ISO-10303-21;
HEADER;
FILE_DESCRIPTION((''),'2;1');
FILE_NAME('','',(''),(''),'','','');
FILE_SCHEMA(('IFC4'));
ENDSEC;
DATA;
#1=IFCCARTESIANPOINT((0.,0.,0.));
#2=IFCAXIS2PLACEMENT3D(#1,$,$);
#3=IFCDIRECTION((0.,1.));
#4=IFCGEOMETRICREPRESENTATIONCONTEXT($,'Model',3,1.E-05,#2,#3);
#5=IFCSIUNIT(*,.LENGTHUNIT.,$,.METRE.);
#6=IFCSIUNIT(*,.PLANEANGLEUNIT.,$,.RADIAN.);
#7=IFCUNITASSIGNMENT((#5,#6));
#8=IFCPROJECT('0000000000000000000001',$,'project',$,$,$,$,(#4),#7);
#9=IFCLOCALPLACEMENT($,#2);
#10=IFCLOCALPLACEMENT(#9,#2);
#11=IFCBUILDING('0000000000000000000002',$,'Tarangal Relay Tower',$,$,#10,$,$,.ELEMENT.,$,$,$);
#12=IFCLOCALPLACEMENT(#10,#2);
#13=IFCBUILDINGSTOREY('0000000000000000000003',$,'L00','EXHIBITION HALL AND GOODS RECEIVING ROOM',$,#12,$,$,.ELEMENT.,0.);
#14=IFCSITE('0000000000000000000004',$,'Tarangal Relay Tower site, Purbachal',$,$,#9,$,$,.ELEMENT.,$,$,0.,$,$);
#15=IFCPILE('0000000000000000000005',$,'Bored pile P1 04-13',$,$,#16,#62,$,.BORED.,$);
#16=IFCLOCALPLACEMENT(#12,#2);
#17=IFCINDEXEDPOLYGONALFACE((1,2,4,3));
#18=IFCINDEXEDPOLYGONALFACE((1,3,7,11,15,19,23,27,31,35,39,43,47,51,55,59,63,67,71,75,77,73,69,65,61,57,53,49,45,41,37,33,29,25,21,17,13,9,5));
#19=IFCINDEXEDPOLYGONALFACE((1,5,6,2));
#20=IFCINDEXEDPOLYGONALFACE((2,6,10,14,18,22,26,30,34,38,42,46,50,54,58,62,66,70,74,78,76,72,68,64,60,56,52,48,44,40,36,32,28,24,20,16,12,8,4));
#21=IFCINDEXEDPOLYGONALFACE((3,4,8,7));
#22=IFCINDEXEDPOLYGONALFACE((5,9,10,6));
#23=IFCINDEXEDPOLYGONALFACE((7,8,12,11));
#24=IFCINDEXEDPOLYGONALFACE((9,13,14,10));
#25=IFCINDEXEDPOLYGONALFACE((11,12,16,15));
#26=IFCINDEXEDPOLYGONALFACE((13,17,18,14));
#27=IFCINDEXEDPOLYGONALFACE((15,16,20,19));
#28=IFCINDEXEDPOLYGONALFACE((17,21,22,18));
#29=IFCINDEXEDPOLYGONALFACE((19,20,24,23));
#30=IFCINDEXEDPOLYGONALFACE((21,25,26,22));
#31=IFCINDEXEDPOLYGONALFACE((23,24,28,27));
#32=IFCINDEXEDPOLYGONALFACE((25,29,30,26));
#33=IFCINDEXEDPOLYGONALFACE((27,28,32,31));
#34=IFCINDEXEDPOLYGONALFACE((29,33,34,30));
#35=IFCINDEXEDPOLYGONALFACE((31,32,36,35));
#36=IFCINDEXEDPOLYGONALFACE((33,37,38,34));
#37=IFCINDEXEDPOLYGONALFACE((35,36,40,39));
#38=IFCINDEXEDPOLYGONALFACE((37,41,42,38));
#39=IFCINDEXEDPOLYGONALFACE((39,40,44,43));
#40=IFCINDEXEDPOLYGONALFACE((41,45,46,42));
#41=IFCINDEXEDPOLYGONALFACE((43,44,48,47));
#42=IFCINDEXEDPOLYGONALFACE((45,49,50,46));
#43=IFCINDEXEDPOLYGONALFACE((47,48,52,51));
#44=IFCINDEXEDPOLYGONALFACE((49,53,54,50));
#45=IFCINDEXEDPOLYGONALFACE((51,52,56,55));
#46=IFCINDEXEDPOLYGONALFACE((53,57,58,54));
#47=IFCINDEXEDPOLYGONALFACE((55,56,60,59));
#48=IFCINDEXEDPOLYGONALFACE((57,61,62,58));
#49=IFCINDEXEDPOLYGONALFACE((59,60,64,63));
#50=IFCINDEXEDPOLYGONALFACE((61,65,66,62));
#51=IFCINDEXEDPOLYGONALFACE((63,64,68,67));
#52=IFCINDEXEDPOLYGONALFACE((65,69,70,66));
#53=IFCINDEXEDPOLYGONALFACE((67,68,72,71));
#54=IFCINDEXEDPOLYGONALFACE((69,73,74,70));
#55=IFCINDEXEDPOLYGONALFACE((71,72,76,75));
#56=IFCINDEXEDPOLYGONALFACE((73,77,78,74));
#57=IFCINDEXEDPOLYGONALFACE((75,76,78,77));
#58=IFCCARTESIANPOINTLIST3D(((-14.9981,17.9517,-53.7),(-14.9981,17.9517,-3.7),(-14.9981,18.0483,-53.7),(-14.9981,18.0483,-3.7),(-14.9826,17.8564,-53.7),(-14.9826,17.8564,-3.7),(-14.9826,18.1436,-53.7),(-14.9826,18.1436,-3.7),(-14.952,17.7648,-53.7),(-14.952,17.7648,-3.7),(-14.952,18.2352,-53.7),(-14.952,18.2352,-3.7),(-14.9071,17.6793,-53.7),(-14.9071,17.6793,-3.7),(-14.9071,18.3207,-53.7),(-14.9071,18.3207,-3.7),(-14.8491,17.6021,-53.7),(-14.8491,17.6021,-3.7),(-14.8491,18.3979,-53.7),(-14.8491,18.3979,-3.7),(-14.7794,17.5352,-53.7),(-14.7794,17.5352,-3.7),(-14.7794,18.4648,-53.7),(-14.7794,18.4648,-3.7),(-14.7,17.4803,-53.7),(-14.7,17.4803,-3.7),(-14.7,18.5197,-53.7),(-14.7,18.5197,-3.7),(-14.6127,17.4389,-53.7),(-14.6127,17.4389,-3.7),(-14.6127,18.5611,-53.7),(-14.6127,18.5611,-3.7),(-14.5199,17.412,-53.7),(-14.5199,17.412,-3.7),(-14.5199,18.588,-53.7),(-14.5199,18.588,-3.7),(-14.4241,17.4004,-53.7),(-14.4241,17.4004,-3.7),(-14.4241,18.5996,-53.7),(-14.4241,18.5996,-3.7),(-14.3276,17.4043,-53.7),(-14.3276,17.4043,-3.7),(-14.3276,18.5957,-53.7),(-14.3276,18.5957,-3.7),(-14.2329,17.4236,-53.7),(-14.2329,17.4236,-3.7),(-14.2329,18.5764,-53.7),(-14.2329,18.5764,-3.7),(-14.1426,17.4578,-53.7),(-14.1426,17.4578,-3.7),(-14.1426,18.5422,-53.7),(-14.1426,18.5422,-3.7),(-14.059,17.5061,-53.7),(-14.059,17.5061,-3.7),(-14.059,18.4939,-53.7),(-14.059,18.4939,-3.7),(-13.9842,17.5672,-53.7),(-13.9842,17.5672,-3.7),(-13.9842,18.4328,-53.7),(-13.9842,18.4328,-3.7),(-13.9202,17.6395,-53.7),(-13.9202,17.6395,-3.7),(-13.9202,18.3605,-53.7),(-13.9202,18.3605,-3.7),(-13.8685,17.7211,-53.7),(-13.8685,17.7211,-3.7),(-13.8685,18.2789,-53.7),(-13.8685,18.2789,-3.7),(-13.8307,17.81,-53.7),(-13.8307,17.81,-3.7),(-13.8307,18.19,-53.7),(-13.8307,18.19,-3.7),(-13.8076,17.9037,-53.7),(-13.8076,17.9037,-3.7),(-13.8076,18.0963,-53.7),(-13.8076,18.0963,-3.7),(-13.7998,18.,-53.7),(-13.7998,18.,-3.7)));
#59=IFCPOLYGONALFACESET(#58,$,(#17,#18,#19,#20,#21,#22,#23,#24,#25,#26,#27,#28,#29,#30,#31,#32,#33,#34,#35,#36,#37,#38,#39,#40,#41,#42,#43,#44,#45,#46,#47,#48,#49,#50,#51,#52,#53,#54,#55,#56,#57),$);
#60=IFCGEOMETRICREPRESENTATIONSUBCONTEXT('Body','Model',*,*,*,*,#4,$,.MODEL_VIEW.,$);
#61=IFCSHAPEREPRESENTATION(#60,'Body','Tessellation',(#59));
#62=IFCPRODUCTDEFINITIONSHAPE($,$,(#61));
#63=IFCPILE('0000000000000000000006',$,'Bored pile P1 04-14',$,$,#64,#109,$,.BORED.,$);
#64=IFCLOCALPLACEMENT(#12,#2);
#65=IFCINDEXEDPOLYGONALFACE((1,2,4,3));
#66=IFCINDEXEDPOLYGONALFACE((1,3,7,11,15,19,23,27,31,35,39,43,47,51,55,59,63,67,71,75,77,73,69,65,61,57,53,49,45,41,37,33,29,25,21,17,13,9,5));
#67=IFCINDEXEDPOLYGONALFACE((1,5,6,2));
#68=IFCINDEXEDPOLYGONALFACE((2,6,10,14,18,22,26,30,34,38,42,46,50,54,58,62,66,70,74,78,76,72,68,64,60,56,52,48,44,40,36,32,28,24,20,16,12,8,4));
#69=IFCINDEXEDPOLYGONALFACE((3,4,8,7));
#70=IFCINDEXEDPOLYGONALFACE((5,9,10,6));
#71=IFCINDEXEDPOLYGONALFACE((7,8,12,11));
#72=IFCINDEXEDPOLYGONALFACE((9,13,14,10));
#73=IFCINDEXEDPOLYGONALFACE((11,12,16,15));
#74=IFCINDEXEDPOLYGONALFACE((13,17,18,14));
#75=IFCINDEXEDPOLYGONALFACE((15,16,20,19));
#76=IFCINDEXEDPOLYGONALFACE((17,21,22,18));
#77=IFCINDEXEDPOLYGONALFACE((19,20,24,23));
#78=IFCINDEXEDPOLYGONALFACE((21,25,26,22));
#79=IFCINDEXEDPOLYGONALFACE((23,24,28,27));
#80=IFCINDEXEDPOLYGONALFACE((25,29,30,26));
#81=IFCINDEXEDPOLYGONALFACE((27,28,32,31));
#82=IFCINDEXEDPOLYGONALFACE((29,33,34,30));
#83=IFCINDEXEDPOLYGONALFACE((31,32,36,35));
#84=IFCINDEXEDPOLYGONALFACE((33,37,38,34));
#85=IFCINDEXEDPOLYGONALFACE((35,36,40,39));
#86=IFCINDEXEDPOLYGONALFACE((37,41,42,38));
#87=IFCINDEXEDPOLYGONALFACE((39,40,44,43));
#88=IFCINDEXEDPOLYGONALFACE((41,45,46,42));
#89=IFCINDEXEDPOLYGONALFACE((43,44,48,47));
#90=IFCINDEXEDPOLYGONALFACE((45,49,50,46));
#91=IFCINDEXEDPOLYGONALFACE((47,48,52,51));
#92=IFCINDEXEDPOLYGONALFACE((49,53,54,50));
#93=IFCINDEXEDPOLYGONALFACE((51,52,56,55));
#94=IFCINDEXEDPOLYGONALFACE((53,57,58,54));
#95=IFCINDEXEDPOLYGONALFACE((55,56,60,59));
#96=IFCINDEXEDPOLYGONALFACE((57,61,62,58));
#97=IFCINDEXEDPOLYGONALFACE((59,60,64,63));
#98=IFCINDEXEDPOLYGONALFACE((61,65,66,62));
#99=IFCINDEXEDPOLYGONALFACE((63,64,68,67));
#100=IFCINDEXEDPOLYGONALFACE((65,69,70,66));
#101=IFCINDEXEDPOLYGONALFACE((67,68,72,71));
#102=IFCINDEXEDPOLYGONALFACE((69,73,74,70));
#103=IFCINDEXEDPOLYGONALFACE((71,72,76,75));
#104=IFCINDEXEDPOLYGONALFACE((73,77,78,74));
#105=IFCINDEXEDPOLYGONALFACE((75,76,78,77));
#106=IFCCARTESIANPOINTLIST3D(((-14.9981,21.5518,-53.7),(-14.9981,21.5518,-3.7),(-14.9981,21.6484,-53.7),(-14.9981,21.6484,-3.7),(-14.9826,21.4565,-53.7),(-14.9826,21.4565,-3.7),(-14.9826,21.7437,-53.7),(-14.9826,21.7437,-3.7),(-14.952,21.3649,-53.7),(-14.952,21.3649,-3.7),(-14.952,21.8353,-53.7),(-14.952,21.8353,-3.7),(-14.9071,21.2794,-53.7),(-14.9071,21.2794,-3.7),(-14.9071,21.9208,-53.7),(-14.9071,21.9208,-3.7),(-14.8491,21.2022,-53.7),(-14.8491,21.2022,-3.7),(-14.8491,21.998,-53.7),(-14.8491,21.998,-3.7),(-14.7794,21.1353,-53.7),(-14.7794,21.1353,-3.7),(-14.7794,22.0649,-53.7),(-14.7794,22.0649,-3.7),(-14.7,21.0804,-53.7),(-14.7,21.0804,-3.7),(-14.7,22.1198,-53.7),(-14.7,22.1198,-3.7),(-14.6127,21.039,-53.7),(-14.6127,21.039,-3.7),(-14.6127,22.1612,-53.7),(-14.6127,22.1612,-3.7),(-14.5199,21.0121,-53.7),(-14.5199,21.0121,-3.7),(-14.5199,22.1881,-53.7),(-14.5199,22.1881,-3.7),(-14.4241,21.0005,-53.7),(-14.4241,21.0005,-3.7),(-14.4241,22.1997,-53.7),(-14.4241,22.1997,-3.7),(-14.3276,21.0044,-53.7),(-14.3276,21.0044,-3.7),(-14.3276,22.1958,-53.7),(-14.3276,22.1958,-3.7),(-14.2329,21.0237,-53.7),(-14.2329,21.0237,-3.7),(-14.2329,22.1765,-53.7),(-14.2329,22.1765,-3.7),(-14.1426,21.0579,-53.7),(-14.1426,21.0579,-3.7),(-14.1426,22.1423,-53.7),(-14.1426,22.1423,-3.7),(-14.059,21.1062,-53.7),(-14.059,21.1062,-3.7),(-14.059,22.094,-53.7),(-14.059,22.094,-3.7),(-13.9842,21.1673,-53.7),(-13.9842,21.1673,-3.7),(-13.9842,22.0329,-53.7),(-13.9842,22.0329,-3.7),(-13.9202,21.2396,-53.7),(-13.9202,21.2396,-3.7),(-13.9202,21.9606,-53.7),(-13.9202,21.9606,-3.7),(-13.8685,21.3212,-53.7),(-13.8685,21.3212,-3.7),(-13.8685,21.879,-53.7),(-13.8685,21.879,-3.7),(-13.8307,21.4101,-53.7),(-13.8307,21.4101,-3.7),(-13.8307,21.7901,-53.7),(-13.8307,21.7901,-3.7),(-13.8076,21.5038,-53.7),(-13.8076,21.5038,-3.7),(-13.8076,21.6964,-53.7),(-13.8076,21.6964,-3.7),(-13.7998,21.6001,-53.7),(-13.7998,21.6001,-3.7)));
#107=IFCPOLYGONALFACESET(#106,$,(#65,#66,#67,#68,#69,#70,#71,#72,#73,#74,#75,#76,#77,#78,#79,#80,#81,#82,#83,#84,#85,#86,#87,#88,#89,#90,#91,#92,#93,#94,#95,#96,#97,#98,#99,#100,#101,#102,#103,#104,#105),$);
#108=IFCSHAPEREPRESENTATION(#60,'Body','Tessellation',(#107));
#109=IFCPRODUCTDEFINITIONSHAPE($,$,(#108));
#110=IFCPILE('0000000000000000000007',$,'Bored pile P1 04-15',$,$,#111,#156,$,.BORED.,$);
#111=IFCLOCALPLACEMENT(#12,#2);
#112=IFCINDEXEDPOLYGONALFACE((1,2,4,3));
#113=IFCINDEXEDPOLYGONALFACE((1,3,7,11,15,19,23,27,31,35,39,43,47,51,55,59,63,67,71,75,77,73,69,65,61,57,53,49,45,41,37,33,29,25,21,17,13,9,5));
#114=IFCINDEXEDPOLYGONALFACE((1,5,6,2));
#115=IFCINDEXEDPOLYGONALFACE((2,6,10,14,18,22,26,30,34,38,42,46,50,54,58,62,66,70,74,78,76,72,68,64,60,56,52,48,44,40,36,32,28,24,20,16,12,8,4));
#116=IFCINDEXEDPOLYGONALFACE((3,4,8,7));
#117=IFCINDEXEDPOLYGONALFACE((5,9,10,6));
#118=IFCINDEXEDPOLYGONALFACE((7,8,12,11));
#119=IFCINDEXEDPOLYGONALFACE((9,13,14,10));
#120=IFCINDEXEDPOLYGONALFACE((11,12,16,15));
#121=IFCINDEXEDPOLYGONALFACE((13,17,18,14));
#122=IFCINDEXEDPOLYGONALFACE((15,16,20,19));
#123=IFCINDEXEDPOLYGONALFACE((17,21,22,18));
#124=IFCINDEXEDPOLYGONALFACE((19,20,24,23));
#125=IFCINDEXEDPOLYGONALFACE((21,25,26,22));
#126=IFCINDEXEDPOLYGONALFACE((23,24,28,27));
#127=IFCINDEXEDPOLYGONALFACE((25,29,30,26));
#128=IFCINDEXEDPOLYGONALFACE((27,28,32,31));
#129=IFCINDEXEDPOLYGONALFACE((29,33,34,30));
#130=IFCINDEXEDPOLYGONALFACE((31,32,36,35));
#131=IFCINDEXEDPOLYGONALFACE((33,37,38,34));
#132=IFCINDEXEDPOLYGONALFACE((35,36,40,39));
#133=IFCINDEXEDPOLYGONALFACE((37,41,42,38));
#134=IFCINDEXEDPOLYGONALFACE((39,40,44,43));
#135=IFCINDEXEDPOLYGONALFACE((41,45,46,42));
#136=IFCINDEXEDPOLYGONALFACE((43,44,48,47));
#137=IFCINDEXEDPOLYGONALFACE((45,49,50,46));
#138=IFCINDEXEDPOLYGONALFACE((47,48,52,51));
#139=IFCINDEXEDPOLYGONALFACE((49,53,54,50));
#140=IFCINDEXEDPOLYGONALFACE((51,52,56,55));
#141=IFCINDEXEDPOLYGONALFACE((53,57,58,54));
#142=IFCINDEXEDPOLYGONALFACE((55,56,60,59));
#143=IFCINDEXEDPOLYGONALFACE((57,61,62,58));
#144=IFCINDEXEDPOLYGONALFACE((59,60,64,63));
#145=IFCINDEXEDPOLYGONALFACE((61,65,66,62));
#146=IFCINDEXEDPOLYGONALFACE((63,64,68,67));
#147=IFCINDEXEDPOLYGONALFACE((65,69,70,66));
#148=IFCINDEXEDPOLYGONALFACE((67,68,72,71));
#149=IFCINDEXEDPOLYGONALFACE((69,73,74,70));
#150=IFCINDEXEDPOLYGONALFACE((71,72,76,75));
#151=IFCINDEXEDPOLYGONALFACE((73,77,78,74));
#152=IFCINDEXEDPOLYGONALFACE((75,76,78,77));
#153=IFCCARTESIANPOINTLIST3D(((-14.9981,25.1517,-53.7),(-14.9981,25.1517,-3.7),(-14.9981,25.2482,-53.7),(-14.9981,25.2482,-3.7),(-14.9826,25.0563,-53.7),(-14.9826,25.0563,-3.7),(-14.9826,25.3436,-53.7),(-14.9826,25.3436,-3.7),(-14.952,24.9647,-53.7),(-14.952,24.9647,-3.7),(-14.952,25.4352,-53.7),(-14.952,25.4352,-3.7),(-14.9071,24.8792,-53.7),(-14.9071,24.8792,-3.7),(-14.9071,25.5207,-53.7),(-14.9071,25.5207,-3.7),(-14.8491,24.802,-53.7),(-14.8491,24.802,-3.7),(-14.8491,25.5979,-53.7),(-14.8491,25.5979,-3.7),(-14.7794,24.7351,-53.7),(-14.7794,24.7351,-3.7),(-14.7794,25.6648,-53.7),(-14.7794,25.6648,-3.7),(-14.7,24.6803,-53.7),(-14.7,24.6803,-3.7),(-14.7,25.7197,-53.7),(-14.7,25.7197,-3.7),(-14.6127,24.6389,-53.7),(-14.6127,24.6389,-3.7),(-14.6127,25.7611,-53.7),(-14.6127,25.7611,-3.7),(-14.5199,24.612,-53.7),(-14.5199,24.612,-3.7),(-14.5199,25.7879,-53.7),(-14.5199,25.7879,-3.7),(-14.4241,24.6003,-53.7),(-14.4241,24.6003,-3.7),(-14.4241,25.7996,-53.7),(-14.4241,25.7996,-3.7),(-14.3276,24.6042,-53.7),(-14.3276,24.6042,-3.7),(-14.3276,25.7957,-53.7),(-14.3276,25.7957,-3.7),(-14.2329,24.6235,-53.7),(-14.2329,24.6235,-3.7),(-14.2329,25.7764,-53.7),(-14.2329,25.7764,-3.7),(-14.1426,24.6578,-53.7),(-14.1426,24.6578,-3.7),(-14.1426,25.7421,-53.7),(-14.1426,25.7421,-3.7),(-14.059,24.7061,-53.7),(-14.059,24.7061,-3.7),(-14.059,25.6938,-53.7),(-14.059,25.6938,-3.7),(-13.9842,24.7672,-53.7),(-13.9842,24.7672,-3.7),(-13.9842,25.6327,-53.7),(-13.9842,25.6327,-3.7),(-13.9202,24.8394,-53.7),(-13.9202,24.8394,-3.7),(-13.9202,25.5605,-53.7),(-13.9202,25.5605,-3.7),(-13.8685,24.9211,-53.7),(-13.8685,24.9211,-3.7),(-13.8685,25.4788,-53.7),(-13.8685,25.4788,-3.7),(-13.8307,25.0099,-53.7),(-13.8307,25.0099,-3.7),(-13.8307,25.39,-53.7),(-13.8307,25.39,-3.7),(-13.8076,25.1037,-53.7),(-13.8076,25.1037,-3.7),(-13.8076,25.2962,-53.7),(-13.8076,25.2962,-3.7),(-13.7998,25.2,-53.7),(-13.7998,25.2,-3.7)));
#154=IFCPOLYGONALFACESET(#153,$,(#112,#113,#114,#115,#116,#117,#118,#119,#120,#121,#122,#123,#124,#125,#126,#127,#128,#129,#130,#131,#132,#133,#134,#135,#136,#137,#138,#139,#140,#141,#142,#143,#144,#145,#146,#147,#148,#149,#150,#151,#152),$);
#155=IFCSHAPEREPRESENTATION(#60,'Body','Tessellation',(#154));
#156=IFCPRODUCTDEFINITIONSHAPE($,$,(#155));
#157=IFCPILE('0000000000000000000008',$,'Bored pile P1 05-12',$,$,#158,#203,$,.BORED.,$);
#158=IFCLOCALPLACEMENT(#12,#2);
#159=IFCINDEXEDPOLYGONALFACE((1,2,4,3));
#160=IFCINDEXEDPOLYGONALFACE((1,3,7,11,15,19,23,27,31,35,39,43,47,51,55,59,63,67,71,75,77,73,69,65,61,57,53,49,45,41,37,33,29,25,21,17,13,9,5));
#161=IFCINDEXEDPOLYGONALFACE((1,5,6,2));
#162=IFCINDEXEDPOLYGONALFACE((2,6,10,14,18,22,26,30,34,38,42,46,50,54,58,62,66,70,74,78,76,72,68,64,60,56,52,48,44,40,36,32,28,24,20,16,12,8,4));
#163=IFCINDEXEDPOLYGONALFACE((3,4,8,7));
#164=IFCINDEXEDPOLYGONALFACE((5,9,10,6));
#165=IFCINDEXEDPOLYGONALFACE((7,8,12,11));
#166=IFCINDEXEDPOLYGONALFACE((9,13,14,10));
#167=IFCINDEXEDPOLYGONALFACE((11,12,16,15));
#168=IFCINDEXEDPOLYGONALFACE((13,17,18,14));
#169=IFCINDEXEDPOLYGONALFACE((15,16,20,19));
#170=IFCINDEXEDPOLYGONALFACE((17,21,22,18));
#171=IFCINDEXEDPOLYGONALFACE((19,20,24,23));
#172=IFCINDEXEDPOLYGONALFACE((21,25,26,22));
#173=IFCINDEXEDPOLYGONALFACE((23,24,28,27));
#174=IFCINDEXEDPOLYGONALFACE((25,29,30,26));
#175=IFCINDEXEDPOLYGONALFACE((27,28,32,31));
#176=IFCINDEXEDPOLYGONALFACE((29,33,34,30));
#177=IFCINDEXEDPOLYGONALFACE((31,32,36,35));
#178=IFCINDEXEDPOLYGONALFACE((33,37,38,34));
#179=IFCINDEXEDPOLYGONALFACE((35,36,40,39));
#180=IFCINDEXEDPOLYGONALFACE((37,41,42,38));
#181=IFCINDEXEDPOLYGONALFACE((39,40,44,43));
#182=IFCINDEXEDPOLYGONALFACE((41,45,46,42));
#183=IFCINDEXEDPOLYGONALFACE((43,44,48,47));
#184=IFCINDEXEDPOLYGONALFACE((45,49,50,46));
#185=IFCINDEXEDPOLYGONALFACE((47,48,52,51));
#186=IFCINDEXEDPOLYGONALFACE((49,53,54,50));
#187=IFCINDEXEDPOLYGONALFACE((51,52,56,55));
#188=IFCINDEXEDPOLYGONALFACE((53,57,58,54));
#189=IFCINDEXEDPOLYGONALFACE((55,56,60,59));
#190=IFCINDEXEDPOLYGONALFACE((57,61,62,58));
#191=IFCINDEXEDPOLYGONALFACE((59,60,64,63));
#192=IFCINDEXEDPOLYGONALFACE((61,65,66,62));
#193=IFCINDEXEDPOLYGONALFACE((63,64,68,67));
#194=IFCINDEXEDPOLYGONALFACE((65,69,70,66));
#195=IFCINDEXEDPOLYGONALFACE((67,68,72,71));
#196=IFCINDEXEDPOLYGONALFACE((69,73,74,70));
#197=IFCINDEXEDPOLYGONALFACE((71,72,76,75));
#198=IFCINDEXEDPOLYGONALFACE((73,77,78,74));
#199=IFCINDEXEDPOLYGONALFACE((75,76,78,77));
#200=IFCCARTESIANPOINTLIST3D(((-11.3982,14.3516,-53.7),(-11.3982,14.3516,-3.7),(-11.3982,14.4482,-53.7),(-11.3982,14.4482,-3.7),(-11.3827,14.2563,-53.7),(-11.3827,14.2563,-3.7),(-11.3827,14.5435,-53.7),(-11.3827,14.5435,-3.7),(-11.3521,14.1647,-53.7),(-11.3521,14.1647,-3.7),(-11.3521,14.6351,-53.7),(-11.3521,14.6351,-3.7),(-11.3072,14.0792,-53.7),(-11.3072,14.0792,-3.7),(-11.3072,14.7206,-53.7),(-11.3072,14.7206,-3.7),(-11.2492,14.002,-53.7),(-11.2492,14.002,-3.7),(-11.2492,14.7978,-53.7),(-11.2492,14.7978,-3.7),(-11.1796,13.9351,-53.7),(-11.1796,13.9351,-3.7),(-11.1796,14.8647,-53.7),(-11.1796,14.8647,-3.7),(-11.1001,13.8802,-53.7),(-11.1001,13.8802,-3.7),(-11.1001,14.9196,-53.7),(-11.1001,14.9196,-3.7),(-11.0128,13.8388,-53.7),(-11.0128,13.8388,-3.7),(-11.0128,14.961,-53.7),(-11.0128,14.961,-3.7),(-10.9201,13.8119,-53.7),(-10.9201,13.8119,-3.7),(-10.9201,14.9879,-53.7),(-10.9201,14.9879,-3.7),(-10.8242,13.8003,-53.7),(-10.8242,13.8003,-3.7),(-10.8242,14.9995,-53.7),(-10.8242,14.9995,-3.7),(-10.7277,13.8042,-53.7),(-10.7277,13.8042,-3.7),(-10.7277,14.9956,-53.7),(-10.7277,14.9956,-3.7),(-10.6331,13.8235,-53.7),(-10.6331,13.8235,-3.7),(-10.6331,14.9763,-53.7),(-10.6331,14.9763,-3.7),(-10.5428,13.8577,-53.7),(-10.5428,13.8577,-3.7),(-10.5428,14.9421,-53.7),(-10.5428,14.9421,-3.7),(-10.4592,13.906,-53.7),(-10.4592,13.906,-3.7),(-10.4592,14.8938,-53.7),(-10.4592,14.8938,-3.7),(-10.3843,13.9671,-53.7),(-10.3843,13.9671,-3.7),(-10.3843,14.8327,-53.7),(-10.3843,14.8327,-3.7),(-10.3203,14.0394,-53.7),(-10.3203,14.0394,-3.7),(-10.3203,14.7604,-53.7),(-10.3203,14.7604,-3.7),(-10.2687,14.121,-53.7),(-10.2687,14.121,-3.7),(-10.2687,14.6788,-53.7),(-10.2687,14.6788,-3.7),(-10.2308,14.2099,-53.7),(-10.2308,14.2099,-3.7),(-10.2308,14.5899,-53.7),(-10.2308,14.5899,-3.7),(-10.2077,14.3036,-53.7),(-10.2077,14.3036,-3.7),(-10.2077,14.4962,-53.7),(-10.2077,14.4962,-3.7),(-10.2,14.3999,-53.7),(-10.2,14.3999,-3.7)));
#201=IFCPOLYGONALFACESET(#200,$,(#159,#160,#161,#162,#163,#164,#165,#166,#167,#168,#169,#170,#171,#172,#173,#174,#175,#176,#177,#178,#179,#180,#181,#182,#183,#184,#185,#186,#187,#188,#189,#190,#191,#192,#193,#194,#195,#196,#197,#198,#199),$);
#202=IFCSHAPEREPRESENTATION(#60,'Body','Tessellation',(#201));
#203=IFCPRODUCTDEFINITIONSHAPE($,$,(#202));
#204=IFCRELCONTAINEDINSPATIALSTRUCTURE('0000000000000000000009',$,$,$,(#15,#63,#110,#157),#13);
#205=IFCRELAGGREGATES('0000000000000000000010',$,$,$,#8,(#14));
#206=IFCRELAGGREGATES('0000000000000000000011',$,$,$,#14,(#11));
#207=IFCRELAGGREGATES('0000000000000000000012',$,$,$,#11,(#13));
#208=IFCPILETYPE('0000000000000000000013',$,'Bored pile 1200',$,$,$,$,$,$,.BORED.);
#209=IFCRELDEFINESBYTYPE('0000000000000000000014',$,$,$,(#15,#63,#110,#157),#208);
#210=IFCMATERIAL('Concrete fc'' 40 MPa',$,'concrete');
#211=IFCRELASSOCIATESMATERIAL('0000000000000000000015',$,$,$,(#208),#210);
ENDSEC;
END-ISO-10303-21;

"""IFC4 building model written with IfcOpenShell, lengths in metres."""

from ifc_helpers import new_model, si_unit, direction, frame, origin, origin_2d, place, context, subcontext, project, spatial, circle, extrude, material, material_profile, profile_set, type_object, element, save


model = new_model("IFC4")

# Units and contexts
model_context = context("Model", 3, precision=1e-05, world=origin(), true_north=direction((0.0, 1.0)))
body_context = subcontext(model_context, "Body", "Model", "MODEL_VIEW")
ifc_project = project(units=[si_unit("LENGTHUNIT", "METRE"), si_unit("PLANEANGLEUNIT", "RADIAN")], contexts=[model_context])

# Site, building, storey
site_placement = place(None, origin())
site = spatial("IfcSite", under=ifc_project, at=site_placement, Name="Tarangal Relay Tower site, Purbachal", CompositionType="ELEMENT", RefElevation=0.0)
building_placement = place(site_placement, origin())
building = spatial("IfcBuilding", under=site, at=building_placement, Name="Tarangal Relay Tower", CompositionType="ELEMENT")
storey_placement = place(building_placement, origin())
storey = spatial("IfcBuildingStorey", under=building, at=storey_placement, Name="L00", Description="EXHIBITION HALL AND GOODS RECEIVING ROOM", CompositionType="ELEMENT", Elevation=0.0)

# Piles
ifc_material_1 = material(Name="Concrete fc' 40 MPa", Category="concrete")
ifc_material_profile = material_profile(ifc_material_1, circle(Radius=0.6001, at=origin_2d()), Name="D1200")
ifc_profile_set = profile_set([ifc_material_profile], Name="Concrete fc' 40 MPa")
pile_type = type_object("IfcPileType", Name="Bored pile 1200", PredefinedType="BORED", material=ifc_profile_set)
for number, where, z_axis, x_axis, name in (
    (1, (-14.3999, 18.0, -3.7), (0.0, 0.0, -1.0), (1.0, 0.0, 0.0), "Bored pile P1 04-13"),
    (2, (-14.3999, 21.6001, -3.7), (0.0, 0.0, -1.0), (1.0, 0.0, 0.0), "Bored pile P1 04-14"),
    (3, (-14.3999, 25.2, -3.7), (0.0, 0.0, -1.0), (1.0, 0.0, 0.0), "Bored pile P1 04-15"),
    (4, (-10.8, 14.3999, -3.7), (0.0, 0.0, -1.0), (1.0, 0.0, 0.0), "Bored pile P1 05-12"),
):
    element("IfcPile", number, at=place(storey_placement, frame(where, z_axis=z_axis, x_axis=x_axis)), inside=storey, type_object=pile_type, Name=name, PredefinedType="BORED", context=body_context, shape_type="SweptSolid", body=[
        extrude(circle(Radius=0.6001, at=origin_2d()), origin(), (0.0, 0.0, 1.0), 50.0),
    ])

save(model, "model.ifc")
